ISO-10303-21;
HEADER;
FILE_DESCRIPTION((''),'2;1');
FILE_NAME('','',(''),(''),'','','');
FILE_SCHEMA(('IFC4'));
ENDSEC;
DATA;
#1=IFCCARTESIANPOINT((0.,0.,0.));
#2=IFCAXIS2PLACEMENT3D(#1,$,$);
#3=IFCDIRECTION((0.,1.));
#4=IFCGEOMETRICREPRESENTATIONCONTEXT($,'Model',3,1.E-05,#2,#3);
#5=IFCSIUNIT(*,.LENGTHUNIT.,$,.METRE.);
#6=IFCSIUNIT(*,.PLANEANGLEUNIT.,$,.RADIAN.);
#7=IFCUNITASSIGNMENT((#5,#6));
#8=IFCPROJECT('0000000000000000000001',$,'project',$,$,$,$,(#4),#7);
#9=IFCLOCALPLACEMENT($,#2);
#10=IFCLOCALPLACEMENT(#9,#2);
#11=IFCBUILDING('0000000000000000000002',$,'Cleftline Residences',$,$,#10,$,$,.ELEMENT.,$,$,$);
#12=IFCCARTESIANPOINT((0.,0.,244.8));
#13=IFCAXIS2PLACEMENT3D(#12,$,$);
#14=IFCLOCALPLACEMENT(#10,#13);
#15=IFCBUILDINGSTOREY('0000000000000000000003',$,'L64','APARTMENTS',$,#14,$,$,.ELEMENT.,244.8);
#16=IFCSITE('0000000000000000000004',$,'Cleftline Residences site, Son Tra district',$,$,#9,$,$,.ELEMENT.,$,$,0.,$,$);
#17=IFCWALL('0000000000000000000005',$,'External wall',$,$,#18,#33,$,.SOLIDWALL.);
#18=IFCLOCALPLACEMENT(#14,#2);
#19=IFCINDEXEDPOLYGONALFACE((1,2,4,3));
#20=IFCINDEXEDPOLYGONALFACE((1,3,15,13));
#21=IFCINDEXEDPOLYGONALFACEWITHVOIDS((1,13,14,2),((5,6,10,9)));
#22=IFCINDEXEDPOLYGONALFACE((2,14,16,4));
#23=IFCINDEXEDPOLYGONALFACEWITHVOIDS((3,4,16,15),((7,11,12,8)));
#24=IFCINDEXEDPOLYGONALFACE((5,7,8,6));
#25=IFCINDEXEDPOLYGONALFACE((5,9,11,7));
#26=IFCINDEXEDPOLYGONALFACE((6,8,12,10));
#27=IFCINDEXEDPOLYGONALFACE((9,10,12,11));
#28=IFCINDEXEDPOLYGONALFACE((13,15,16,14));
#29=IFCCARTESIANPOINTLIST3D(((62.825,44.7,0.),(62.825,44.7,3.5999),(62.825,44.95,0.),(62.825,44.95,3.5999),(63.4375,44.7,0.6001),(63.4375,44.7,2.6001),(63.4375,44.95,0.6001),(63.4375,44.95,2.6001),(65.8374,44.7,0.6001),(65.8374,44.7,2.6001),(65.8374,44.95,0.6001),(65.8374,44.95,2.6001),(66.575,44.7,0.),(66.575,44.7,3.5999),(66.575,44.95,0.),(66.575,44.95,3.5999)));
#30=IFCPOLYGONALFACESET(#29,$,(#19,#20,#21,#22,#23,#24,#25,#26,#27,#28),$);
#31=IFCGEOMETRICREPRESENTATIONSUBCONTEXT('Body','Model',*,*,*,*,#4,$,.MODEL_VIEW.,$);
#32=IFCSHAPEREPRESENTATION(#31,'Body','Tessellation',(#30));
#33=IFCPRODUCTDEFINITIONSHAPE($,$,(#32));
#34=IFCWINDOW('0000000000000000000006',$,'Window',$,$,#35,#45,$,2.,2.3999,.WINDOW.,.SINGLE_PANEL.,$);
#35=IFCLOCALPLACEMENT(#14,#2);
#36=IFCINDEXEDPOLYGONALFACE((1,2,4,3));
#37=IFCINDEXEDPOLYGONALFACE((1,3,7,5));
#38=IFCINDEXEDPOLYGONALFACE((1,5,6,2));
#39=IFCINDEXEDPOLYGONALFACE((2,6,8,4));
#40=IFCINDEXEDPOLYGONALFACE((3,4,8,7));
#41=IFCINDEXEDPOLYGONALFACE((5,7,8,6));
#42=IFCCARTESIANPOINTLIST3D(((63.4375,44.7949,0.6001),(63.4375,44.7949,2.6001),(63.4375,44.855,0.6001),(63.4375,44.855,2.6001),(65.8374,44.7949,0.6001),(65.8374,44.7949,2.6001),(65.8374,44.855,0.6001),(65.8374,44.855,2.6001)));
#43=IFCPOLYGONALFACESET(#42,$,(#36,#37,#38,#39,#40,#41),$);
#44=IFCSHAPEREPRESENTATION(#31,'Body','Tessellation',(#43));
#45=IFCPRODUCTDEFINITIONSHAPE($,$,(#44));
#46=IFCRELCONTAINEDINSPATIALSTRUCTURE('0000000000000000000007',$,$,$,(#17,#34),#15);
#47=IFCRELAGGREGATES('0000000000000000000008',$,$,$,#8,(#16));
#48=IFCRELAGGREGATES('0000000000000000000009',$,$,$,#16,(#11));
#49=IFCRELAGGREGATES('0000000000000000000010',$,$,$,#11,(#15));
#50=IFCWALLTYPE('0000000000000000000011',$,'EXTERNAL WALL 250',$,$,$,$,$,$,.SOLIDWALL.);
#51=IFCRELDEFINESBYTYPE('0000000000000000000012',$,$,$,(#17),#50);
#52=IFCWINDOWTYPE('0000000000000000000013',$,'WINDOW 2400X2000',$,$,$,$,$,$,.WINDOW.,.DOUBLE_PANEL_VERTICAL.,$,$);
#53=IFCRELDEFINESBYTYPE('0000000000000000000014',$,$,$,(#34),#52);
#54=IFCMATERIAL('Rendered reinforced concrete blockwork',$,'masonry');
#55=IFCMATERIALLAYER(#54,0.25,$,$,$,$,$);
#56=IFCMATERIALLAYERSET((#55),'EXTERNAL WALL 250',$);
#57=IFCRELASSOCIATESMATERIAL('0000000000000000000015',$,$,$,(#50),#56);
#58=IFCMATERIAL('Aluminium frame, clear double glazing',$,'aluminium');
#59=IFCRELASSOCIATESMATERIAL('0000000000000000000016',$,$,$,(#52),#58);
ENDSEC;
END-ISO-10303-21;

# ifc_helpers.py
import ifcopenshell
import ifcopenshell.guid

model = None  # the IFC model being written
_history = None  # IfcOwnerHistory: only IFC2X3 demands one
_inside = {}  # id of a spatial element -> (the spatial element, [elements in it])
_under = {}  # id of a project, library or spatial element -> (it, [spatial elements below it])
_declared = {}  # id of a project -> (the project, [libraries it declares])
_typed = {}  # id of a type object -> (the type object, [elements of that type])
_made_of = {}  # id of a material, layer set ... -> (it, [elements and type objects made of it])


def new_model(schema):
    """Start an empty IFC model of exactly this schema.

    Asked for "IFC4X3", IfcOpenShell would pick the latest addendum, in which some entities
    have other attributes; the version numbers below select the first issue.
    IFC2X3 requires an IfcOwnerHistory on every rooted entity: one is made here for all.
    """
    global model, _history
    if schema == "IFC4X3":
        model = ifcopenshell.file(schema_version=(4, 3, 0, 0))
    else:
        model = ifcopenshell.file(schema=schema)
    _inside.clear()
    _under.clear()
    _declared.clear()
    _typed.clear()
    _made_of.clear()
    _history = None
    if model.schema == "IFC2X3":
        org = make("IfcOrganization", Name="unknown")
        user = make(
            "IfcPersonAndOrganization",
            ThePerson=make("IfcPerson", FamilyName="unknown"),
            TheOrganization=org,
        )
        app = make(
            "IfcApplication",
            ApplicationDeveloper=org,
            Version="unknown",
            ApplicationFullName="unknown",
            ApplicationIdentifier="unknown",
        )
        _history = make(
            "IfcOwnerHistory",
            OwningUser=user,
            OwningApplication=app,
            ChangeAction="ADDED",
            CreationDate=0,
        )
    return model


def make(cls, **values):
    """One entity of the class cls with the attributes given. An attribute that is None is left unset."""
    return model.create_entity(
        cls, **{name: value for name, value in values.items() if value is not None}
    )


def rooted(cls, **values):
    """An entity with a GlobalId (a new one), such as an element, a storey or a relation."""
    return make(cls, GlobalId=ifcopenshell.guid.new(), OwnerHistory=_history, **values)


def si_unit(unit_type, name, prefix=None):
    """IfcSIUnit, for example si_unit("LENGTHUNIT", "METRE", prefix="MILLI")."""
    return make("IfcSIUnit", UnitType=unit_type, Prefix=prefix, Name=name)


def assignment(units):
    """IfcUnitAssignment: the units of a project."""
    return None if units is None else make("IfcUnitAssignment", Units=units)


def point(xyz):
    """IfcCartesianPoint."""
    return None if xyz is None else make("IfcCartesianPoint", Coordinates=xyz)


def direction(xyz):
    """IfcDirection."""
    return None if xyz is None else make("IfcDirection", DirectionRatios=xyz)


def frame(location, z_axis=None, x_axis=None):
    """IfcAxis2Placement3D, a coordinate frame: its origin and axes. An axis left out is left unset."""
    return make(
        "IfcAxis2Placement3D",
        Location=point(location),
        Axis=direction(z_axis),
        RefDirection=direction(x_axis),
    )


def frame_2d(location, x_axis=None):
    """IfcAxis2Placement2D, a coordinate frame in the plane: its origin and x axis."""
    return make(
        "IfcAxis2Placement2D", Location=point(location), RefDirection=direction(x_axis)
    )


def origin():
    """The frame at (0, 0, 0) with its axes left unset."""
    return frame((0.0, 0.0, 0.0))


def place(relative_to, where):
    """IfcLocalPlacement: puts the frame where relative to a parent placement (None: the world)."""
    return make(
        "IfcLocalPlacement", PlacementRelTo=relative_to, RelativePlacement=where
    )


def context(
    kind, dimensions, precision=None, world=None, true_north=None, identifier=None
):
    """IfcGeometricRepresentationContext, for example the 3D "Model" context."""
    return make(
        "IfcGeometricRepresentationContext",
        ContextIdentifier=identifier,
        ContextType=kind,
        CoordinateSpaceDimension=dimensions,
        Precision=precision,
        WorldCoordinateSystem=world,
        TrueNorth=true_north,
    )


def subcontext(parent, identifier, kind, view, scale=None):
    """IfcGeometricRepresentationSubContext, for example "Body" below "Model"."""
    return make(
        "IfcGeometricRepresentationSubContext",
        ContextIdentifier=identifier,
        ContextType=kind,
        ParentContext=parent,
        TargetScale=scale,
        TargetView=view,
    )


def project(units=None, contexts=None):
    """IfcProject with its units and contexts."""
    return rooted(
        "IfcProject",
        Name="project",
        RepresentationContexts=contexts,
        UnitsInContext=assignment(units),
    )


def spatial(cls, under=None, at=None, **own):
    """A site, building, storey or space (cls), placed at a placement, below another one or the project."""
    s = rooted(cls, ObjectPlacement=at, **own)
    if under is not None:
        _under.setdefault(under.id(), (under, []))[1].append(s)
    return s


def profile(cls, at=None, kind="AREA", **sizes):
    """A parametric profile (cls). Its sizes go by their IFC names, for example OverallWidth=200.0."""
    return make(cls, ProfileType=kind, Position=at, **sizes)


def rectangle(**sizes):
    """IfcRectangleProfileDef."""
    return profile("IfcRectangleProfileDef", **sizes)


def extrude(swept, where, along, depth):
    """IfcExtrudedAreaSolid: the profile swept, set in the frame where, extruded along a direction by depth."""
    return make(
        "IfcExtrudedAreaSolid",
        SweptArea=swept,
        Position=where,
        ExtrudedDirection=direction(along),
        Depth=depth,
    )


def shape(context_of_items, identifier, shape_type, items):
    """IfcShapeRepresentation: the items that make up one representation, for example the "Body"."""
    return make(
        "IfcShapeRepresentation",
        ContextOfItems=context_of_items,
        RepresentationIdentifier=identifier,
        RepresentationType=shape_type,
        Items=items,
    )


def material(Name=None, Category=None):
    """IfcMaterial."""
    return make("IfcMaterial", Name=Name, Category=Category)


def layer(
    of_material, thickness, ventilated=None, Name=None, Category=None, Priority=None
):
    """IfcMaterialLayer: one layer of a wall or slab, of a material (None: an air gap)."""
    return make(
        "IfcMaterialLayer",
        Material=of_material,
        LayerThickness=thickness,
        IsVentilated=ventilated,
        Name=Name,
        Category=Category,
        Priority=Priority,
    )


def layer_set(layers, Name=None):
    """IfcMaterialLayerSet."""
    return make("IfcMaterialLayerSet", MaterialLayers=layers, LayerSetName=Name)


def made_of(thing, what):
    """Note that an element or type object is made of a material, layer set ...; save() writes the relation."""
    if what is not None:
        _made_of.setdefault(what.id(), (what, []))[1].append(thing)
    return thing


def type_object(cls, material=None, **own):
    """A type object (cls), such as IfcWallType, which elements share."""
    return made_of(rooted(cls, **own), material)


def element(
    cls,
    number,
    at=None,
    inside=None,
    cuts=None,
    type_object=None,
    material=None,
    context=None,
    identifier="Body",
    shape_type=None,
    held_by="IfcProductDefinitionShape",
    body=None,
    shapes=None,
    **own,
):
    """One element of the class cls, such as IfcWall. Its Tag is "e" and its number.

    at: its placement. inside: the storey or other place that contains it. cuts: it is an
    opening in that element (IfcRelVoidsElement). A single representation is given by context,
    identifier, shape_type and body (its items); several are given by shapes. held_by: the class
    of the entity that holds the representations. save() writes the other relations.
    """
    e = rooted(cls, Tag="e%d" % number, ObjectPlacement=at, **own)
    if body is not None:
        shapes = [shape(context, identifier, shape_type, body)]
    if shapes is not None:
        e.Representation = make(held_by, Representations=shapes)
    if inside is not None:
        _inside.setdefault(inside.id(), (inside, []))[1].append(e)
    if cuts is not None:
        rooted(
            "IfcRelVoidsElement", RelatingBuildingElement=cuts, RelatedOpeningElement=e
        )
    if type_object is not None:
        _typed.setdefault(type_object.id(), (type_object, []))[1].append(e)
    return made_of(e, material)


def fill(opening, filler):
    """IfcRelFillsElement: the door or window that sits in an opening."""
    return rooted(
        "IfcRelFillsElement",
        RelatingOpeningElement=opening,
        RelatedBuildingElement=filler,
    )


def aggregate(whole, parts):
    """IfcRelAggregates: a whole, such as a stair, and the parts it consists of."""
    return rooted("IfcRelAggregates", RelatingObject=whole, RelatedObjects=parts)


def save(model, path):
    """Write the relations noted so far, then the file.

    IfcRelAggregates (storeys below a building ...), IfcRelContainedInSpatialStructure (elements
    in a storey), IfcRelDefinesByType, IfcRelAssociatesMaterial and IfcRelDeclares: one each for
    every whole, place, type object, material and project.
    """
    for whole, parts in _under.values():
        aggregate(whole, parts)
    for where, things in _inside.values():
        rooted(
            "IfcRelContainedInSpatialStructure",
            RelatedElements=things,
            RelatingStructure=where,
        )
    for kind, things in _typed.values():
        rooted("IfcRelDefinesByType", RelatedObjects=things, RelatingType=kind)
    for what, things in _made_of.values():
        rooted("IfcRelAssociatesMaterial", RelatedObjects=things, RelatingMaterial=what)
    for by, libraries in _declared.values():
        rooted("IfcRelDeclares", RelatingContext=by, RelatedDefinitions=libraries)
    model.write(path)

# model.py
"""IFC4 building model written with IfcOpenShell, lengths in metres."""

from ifc_helpers import new_model, si_unit, direction, frame, frame_2d, origin, place, context, subcontext, project, spatial, rectangle, extrude, material, layer, layer_set, type_object, element, fill, save


model = new_model("IFC4")

# Units and contexts
model_context = context("Model", 3, precision=1e-05, world=origin(), true_north=direction((0.0, 1.0)))
body_context = subcontext(model_context, "Body", "Model", "MODEL_VIEW")
ifc_project = project(units=[si_unit("LENGTHUNIT", "METRE"), si_unit("PLANEANGLEUNIT", "RADIAN")], contexts=[model_context])

# Site, building, storey
site_placement = place(None, origin())
site = spatial("IfcSite", under=ifc_project, at=site_placement, Name="Cleftline Residences site, Son Tra district", CompositionType="ELEMENT", RefElevation=0.0)
building_placement = place(site_placement, origin())
building = spatial("IfcBuilding", under=site, at=building_placement, Name="Cleftline Residences", CompositionType="ELEMENT")
storey_placement = place(building_placement, frame((0.0, 0.0, 244.8)))
storey = spatial("IfcBuildingStorey", under=building, at=storey_placement, Name="L64", Description="APARTMENTS", CompositionType="ELEMENT", Elevation=244.8)

# Wall, opening, window
ifc_material_1 = material(Name="Rendered reinforced concrete blockwork", Category="masonry")
ifc_layer_1 = layer(ifc_material_1, 0.25)
ifc_layer_set_1 = layer_set([ifc_layer_1], Name="EXTERNAL WALL 250")
wall_type = type_object("IfcWallType", Name="EXTERNAL WALL 250", PredefinedType="SOLIDWALL", material=ifc_layer_set_1)
wall_placement = place(storey_placement, frame((66.575, 44.825, 0.0), z_axis=(0.0, 0.0, 1.0), x_axis=(-1.0, 0.0, 0.0)))
wall = element("IfcWall", 1, at=wall_placement, inside=storey, type_object=wall_type, Name="External wall", PredefinedType="SOLIDWALL", context=body_context, shape_type="SweptSolid", body=[
    extrude(rectangle(XDim=3.75, YDim=0.25, at=frame_2d((1.875, 0.0))), origin(), (0.0, 0.0, 1.0), 3.5999),
])
opening_placement = place(wall_placement, frame((0.7375, 0.0, 0.6001)))
opening = element("IfcOpeningElement", 2, at=opening_placement, cuts=wall, PredefinedType="OPENING", context=body_context, shape_type="SweptSolid", body=[
    extrude(rectangle(XDim=2.3999, YDim=2.0, at=frame_2d((1.2, 1.0))), frame((0.0, 0.135, 0.0), z_axis=(0.0, -1.0, 0.0), x_axis=(1.0, 0.0, 0.0)), (0.0, 0.0, 1.0), 0.27),
])
ifc_material_2 = material(Name="Aluminium frame, clear double glazing", Category="aluminium")
window_type = type_object("IfcWindowType", Name="WINDOW 2400X2000", PartitioningType="DOUBLE_PANEL_VERTICAL", PredefinedType="WINDOW", material=ifc_material_2)
window_placement = place(opening_placement, origin())
window = element("IfcWindow", 3, at=window_placement, inside=storey, type_object=window_type, Name="Window", OverallHeight=2.0, OverallWidth=2.3999, PartitioningType="SINGLE_PANEL", PredefinedType="WINDOW", context=body_context, shape_type="SweptSolid", body=[
    extrude(rectangle(XDim=2.3999, YDim=2.0, at=frame_2d((1.2, 1.0))), frame((0.0, 0.03, 0.0), z_axis=(0.0, -1.0, 0.0), x_axis=(1.0, 0.0, 0.0)), (0.0, 0.0, 1.0), 0.0601),
])
fill(opening, window)

save(model, "model.ifc")
